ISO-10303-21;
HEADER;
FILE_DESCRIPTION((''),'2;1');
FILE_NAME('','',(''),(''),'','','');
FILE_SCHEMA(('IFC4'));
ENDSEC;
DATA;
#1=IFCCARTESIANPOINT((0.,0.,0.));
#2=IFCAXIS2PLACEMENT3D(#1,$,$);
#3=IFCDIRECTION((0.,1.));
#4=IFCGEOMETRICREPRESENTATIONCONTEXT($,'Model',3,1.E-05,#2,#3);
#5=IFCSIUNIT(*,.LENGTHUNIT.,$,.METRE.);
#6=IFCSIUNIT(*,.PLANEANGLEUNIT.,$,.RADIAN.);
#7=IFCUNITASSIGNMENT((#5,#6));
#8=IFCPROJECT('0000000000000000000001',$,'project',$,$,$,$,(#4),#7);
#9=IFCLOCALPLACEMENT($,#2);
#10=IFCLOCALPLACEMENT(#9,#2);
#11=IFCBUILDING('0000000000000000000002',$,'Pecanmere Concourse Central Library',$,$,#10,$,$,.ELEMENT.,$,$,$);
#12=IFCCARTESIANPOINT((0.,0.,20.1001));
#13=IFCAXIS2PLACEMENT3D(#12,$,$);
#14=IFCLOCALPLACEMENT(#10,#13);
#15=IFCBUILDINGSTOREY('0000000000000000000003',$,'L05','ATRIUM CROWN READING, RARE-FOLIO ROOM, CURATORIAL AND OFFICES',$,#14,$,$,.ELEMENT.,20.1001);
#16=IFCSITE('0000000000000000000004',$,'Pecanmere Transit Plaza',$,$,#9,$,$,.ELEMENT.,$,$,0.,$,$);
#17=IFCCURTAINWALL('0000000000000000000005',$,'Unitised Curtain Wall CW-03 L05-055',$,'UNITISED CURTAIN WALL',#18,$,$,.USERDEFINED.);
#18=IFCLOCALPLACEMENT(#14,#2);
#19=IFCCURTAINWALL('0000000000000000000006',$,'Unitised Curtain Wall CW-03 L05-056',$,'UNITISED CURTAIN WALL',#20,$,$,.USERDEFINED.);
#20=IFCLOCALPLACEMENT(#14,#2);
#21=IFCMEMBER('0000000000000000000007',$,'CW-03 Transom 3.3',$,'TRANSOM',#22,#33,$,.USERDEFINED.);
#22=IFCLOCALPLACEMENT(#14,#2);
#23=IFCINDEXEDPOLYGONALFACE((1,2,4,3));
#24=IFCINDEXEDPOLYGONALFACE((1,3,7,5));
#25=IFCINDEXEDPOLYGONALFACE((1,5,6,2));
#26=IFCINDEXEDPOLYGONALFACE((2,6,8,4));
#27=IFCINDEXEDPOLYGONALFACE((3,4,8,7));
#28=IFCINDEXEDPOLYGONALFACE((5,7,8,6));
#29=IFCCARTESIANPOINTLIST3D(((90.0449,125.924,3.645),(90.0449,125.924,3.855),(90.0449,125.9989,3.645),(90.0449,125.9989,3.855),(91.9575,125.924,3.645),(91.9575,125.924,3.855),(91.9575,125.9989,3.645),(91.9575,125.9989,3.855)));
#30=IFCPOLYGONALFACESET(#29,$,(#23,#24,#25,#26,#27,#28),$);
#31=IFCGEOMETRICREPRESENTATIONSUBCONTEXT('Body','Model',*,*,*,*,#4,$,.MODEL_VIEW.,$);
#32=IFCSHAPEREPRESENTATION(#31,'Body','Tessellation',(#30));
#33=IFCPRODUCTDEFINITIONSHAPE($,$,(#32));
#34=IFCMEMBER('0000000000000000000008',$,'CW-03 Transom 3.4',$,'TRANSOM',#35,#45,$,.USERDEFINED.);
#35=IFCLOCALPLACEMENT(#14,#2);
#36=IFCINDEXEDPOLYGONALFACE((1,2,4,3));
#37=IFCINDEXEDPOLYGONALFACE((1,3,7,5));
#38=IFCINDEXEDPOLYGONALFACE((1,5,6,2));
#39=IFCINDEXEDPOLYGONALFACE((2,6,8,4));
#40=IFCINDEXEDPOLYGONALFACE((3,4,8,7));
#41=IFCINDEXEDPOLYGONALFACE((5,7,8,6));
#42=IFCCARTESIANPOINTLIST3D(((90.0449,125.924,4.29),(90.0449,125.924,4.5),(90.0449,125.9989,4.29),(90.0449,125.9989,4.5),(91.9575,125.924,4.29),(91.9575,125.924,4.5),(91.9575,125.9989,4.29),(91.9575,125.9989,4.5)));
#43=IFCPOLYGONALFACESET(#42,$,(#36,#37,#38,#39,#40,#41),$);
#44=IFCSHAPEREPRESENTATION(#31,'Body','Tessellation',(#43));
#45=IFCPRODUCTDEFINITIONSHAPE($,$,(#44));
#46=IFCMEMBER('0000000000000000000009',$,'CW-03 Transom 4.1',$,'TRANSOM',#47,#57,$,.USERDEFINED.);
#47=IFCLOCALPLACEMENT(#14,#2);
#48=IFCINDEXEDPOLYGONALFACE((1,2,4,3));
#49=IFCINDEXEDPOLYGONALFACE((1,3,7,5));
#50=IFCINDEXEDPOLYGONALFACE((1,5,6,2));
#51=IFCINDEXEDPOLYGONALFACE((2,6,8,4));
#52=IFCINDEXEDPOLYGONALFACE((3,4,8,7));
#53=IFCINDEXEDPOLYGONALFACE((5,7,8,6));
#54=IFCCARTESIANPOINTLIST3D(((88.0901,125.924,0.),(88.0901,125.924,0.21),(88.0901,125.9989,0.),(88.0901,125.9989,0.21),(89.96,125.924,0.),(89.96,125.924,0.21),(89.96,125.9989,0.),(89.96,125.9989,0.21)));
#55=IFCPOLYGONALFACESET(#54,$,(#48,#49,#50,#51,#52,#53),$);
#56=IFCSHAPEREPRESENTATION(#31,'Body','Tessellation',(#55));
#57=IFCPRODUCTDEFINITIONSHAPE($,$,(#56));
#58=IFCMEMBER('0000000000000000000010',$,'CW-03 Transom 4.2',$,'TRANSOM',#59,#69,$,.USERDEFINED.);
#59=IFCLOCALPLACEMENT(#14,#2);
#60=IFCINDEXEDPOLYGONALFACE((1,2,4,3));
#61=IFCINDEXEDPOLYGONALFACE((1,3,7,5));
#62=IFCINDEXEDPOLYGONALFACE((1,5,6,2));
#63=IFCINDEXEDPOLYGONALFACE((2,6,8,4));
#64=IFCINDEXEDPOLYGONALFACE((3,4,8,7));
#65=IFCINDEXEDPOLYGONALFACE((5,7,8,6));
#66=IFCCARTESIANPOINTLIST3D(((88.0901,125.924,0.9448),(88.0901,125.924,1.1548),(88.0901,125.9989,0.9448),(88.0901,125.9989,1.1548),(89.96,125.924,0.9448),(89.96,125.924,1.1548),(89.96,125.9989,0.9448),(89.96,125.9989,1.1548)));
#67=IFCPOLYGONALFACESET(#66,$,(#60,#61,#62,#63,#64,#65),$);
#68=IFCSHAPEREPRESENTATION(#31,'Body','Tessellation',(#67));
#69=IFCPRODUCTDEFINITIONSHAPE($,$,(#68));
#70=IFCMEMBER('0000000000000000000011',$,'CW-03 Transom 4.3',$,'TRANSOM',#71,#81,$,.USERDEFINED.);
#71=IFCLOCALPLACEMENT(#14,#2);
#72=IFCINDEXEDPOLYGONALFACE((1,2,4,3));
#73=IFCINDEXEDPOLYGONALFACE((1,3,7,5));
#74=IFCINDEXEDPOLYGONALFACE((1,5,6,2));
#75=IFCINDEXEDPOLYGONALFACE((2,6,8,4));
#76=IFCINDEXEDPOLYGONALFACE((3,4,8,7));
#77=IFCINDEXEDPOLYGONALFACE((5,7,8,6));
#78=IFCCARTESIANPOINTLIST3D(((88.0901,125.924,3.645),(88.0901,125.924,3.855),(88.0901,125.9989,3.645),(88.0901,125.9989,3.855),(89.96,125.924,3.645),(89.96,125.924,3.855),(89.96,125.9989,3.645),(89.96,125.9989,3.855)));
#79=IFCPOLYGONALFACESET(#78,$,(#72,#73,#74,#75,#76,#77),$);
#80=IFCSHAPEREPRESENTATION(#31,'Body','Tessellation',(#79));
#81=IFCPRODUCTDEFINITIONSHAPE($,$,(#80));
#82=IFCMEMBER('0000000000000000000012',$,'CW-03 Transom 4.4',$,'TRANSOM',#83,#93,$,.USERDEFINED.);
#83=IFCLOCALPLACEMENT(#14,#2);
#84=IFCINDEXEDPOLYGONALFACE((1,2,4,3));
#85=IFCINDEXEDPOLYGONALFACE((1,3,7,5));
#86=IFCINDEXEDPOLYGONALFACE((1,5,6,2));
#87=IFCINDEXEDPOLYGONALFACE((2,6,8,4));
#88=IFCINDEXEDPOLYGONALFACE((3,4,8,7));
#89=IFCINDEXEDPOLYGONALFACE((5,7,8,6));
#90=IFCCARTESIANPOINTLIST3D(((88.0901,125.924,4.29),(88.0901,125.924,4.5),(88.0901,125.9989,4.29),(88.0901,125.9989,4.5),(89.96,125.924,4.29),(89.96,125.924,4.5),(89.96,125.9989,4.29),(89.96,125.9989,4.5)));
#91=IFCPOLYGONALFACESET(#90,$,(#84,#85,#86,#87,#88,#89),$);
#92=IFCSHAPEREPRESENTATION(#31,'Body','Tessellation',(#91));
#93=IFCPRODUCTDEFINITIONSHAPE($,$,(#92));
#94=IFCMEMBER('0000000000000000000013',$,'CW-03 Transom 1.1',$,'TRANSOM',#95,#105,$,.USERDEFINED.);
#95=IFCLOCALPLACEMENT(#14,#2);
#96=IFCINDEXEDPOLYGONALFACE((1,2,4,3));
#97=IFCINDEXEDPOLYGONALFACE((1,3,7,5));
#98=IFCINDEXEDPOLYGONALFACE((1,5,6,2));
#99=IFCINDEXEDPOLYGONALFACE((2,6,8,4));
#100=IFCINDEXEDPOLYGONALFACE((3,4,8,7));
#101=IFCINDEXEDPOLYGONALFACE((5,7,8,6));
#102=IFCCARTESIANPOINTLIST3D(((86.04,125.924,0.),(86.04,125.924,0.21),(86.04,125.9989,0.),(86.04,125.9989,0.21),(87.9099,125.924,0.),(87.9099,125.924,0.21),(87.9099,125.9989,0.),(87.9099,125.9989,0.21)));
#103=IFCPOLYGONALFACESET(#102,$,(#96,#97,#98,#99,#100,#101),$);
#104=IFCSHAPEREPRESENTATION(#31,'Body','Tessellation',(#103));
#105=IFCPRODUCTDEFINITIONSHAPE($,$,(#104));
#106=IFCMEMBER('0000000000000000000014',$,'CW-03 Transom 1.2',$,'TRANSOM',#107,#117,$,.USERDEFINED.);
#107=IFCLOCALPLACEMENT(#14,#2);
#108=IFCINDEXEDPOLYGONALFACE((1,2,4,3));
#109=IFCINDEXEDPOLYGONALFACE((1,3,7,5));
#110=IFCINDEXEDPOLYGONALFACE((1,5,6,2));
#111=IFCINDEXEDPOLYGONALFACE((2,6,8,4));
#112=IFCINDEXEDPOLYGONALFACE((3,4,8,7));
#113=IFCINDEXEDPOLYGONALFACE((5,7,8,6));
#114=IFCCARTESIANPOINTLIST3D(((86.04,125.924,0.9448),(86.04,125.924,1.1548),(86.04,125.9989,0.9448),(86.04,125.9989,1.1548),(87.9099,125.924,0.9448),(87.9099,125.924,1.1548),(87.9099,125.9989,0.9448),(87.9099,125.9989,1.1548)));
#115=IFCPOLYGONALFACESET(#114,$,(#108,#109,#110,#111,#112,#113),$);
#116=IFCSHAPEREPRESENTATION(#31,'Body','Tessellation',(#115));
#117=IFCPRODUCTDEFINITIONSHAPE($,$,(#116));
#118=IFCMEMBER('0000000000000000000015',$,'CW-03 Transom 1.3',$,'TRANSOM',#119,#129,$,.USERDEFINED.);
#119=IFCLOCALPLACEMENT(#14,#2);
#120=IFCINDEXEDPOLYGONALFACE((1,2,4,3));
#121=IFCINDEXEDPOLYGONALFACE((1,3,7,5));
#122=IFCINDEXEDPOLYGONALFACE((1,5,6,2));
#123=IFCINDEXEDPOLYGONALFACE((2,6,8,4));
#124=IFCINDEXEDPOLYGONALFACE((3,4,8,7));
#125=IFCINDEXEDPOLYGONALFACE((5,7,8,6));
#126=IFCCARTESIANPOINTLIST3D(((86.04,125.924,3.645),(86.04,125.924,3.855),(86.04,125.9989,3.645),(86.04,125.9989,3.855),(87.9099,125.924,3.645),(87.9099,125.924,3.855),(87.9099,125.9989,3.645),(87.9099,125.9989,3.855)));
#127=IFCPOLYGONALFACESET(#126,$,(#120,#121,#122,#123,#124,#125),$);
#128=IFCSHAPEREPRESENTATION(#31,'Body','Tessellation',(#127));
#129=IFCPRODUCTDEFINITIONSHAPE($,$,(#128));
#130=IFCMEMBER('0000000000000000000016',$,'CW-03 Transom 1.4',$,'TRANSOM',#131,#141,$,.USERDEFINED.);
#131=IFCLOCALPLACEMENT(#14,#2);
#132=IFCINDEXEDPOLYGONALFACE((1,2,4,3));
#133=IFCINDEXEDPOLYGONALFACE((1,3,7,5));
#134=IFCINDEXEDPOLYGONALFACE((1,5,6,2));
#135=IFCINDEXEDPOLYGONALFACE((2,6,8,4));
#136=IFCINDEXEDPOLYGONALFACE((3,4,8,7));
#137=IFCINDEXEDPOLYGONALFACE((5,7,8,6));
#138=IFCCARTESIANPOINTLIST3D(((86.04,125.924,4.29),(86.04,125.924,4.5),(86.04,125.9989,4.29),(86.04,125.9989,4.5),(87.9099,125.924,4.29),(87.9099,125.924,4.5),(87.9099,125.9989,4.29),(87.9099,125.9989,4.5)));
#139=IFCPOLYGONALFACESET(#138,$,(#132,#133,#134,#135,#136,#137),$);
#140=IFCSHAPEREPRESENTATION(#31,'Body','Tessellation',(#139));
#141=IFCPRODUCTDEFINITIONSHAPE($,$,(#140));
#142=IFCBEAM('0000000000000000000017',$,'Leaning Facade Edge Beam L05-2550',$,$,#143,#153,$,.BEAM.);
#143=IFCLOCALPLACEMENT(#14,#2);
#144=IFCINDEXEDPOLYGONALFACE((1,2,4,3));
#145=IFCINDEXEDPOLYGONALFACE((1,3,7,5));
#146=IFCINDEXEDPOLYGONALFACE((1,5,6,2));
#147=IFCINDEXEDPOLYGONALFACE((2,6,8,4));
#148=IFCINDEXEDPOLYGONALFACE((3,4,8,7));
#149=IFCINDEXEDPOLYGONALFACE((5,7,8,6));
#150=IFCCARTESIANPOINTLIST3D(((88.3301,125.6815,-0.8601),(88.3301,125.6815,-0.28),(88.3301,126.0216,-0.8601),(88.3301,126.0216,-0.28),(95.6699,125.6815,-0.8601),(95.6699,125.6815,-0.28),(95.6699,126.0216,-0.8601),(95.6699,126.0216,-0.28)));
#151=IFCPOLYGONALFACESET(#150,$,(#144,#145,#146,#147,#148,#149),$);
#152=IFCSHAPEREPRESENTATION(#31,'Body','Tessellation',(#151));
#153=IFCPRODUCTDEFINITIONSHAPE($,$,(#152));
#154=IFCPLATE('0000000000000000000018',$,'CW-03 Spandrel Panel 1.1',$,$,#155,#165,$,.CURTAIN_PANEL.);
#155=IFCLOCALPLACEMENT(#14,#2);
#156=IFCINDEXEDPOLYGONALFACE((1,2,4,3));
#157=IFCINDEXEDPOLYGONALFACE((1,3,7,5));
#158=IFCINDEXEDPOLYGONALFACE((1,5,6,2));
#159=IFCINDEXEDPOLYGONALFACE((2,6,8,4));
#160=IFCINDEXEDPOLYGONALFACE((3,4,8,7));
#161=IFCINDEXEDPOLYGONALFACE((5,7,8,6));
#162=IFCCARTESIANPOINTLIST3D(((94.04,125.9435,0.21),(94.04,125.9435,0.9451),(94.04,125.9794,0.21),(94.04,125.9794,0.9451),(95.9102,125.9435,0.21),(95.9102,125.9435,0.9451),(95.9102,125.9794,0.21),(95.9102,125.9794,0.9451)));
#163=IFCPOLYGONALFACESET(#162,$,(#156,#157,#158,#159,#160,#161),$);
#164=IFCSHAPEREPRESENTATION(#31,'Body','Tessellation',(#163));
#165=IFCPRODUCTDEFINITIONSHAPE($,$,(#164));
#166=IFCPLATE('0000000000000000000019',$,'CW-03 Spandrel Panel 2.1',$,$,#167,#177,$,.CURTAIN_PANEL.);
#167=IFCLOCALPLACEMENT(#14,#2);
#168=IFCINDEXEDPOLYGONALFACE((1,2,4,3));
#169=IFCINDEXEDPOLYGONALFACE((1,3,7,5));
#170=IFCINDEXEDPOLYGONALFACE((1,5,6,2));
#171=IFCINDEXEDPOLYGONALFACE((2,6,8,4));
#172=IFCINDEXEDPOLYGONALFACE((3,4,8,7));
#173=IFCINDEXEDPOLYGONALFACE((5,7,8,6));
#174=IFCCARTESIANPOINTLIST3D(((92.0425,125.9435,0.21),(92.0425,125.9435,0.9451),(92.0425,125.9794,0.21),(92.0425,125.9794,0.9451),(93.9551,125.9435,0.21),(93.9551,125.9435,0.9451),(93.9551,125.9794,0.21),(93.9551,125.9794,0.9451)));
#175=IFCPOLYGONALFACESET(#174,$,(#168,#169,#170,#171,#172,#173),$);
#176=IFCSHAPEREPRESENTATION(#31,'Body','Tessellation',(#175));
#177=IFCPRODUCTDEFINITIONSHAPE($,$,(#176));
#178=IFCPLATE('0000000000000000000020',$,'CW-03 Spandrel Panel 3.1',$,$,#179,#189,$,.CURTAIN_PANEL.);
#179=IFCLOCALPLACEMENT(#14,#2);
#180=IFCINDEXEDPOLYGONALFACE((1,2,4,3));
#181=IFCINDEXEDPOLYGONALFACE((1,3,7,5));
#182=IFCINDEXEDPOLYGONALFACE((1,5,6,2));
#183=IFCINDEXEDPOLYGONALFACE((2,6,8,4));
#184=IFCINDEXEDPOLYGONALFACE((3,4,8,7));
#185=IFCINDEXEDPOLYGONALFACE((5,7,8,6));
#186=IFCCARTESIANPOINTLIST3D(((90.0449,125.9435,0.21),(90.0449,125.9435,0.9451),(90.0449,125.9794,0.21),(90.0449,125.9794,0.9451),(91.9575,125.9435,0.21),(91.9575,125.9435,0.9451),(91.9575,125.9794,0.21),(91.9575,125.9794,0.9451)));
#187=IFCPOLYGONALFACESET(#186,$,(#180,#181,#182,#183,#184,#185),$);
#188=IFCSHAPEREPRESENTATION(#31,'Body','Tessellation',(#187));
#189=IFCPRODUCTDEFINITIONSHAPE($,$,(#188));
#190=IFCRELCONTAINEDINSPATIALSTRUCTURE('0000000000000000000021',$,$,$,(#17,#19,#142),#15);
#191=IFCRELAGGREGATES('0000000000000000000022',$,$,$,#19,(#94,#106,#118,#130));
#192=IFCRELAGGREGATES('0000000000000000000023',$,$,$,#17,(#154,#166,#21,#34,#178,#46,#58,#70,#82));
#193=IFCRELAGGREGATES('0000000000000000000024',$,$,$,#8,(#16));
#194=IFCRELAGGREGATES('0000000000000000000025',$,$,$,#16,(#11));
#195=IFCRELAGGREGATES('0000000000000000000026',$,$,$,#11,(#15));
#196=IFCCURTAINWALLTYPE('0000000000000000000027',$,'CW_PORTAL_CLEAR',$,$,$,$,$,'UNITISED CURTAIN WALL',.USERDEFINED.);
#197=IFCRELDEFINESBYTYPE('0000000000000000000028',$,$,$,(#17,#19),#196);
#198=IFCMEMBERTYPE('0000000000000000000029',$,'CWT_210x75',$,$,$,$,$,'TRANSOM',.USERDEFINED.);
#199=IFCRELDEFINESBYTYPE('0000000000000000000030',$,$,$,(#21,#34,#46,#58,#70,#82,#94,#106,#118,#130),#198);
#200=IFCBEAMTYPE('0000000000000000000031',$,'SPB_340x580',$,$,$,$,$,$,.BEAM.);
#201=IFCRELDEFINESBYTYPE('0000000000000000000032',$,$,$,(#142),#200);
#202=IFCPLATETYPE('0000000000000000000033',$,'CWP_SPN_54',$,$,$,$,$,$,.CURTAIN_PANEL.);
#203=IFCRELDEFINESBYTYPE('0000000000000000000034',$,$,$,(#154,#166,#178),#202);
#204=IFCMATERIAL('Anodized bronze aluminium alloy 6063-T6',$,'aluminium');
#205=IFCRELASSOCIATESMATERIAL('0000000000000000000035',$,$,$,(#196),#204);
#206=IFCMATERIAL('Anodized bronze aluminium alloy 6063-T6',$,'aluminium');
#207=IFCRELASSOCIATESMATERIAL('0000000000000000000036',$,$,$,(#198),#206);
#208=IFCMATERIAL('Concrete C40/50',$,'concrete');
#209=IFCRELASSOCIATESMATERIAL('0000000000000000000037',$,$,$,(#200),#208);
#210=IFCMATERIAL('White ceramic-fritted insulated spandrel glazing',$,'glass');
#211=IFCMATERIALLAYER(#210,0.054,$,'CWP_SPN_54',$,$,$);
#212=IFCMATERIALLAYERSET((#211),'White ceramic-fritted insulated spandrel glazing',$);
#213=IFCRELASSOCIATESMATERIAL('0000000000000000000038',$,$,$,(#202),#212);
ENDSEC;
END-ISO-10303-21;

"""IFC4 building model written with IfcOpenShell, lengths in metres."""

from ifc_helpers import new_model, si_unit, direction, frame, origin, origin_2d, place, context, subcontext, project, spatial, rectangle, extrude, material, layer, layer_set, material_profile, profile_set, type_object, element, aggregate, save


model = new_model("IFC4")

# Units and contexts
model_context = context("Model", 3, precision=1e-05, world=origin(), true_north=direction((0.0, 1.0)))
body_context = subcontext(model_context, "Body", "Model", "MODEL_VIEW")
ifc_project = project(units=[si_unit("LENGTHUNIT", "METRE"), si_unit("PLANEANGLEUNIT", "RADIAN")], contexts=[model_context])

# Site, building, storey
site_placement = place(None, origin())
site = spatial("IfcSite", under=ifc_project, at=site_placement, Name="Pecanmere Transit Plaza", CompositionType="ELEMENT", RefElevation=0.0)
building_placement = place(site_placement, origin())
building = spatial("IfcBuilding", under=site, at=building_placement, Name="Pecanmere Concourse Central Library", CompositionType="ELEMENT")
storey_placement = place(building_placement, frame((0.0, 0.0, 20.1001)))
storey = spatial("IfcBuildingStorey", under=building, at=storey_placement, Name="L05", Description="ATRIUM CROWN READING, RARE-FOLIO ROOM, CURATORIAL AND OFFICES", CompositionType="ELEMENT", Elevation=20.1001)

# Curtain wall
ifc_material_1 = material(Name="Anodized bronze aluminium alloy 6063-T6", Category="aluminium")
curtain_wall_type = type_object("IfcCurtainWallType", Name="CW_PORTAL_CLEAR", ElementType="UNITISED CURTAIN WALL", PredefinedType="USERDEFINED", material=ifc_material_1)
curtain_wall_1_placement = place(storey_placement, origin())
curtain_wall_1 = element("IfcCurtainWall", 1, at=curtain_wall_1_placement, inside=storey, type_object=curtain_wall_type, Name="Unitised Curtain Wall CW-03 L05-055", ObjectType="UNITISED CURTAIN WALL", PredefinedType="USERDEFINED")

# Curtain wall
curtain_wall_2_placement = place(storey_placement, origin())
curtain_wall_2 = element("IfcCurtainWall", 2, at=curtain_wall_2_placement, inside=storey, type_object=curtain_wall_type, Name="Unitised Curtain Wall CW-03 L05-056", ObjectType="UNITISED CURTAIN WALL", PredefinedType="USERDEFINED")

# Members
ifc_material_2 = material(Name="Anodized bronze aluminium alloy 6063-T6", Category="aluminium")
ifc_material_profile_1 = material_profile(ifc_material_2, rectangle(XDim=0.075, YDim=0.21, at=origin_2d()), Name="AL 75x210")
ifc_profile_set_1 = profile_set([ifc_material_profile_1], Name="Anodized bronze aluminium alloy 6063-T6")
member_type_1 = type_object("IfcMemberType", Name="CWT_210x75", ElementType="TRANSOM", PredefinedType="USERDEFINED", material=ifc_profile_set_1)
member_1_placement = place(storey_placement, frame((91.9575, 125.9614, 3.75), z_axis=(-1.0, 0.0, 0.0), x_axis=(0.0, -1.0, 0.0)))
member_1 = element("IfcMember", 3, at=member_1_placement, type_object=member_type_1, Name="CW-03 Transom 3.3", ObjectType="TRANSOM", PredefinedType="USERDEFINED", context=body_context, shape_type="SweptSolid", body=[
    extrude(rectangle(XDim=0.075, YDim=0.21, at=origin_2d()), origin(), (0.0, 0.0, 1.0), 1.9126),
])
member_2_placement = place(storey_placement, frame((91.9575, 125.9614, 4.395), z_axis=(-1.0, 0.0, 0.0), x_axis=(0.0, -1.0, 0.0)))
member_2 = element("IfcMember", 4, at=member_2_placement, type_object=member_type_1, Name="CW-03 Transom 3.4", ObjectType="TRANSOM", PredefinedType="USERDEFINED", context=body_context, shape_type="SweptSolid", body=[
    extrude(rectangle(XDim=0.075, YDim=0.21, at=origin_2d()), origin(), (0.0, 0.0, 1.0), 1.9126),
])
member_3_placement = place(storey_placement, frame((89.96, 125.9614, 0.105), z_axis=(-1.0, 0.0, 0.0), x_axis=(0.0, -1.0, 0.0)))
member_3 = element("IfcMember", 5, at=member_3_placement, type_object=member_type_1, Name="CW-03 Transom 4.1", ObjectType="TRANSOM", PredefinedType="USERDEFINED", context=body_context, shape_type="SweptSolid", body=[
    extrude(rectangle(XDim=0.075, YDim=0.21, at=origin_2d()), origin(), (0.0, 0.0, 1.0), 1.8699),
])
member_4_placement = place(storey_placement, frame((89.96, 125.9614, 1.0498), z_axis=(-1.0, 0.0, 0.0), x_axis=(0.0, -1.0, 0.0)))
member_4 = element("IfcMember", 6, at=member_4_placement, type_object=member_type_1, Name="CW-03 Transom 4.2", ObjectType="TRANSOM", PredefinedType="USERDEFINED", context=body_context, shape_type="SweptSolid", body=[
    extrude(rectangle(XDim=0.075, YDim=0.21, at=origin_2d()), origin(), (0.0, 0.0, 1.0), 1.8699),
])
member_5_placement = place(storey_placement, frame((89.96, 125.9614, 3.75), z_axis=(-1.0, 0.0, 0.0), x_axis=(0.0, -1.0, 0.0)))
member_5 = element("IfcMember", 7, at=member_5_placement, type_object=member_type_1, Name="CW-03 Transom 4.3", ObjectType="TRANSOM", PredefinedType="USERDEFINED", context=body_context, shape_type="SweptSolid", body=[
    extrude(rectangle(XDim=0.075, YDim=0.21, at=origin_2d()), origin(), (0.0, 0.0, 1.0), 1.8699),
])
member_6_placement = place(storey_placement, frame((89.96, 125.9614, 4.395), z_axis=(-1.0, 0.0, 0.0), x_axis=(0.0, -1.0, 0.0)))
member_6 = element("IfcMember", 8, at=member_6_placement, type_object=member_type_1, Name="CW-03 Transom 4.4", ObjectType="TRANSOM", PredefinedType="USERDEFINED", context=body_context, shape_type="SweptSolid", body=[
    extrude(rectangle(XDim=0.075, YDim=0.21, at=origin_2d()), origin(), (0.0, 0.0, 1.0), 1.8699),
])
member_7_placement = place(storey_placement, frame((87.9099, 125.9614, 0.105), z_axis=(-1.0, 0.0, 0.0), x_axis=(0.0, -1.0, 0.0)))
member_7 = element("IfcMember", 9, at=member_7_placement, type_object=member_type_1, Name="CW-03 Transom 1.1", ObjectType="TRANSOM", PredefinedType="USERDEFINED", context=body_context, shape_type="SweptSolid", body=[
    extrude(rectangle(XDim=0.075, YDim=0.21, at=origin_2d()), origin(), (0.0, 0.0, 1.0), 1.8699),
])
member_8_placement = place(storey_placement, frame((87.9099, 125.9614, 1.0498), z_axis=(-1.0, 0.0, 0.0), x_axis=(0.0, -1.0, 0.0)))
member_8 = element("IfcMember", 10, at=member_8_placement, type_object=member_type_1, Name="CW-03 Transom 1.2", ObjectType="TRANSOM", PredefinedType="USERDEFINED", context=body_context, shape_type="SweptSolid", body=[
    extrude(rectangle(XDim=0.075, YDim=0.21, at=origin_2d()), origin(), (0.0, 0.0, 1.0), 1.8699),
])
member_9_placement = place(storey_placement, frame((87.9099, 125.9614, 3.75), z_axis=(-1.0, 0.0, 0.0), x_axis=(0.0, -1.0, 0.0)))
member_9 = element("IfcMember", 11, at=member_9_placement, type_object=member_type_1, Name="CW-03 Transom 1.3", ObjectType="TRANSOM", PredefinedType="USERDEFINED", context=body_context, shape_type="SweptSolid", body=[
    extrude(rectangle(XDim=0.075, YDim=0.21, at=origin_2d()), origin(), (0.0, 0.0, 1.0), 1.8699),
])
member_10_placement = place(storey_placement, frame((87.9099, 125.9614, 4.395), z_axis=(-1.0, 0.0, 0.0), x_axis=(0.0, -1.0, 0.0)))
member_10 = element("IfcMember", 12, at=member_10_placement, type_object=member_type_1, Name="CW-03 Transom 1.4", ObjectType="TRANSOM", PredefinedType="USERDEFINED", context=body_context, shape_type="SweptSolid", body=[
    extrude(rectangle(XDim=0.075, YDim=0.21, at=origin_2d()), origin(), (0.0, 0.0, 1.0), 1.8699),
])
aggregate(curtain_wall_2, [member_7, member_8, member_9, member_10])

# Beam
ifc_material_3 = material(Name="Concrete C40/50", Category="concrete")
ifc_material_profile_2 = material_profile(ifc_material_3, rectangle(XDim=0.3401, YDim=0.5801, at=origin_2d()), Name="RC 340x580")
ifc_profile_set_2 = profile_set([ifc_material_profile_2], Name="Concrete C40/50")
beam_type = type_object("IfcBeamType", Name="SPB_340x580", PredefinedType="BEAM", material=ifc_profile_set_2)
beam_placement = place(storey_placement, frame((88.3301, 125.8516, -0.5701), z_axis=(1.0, 0.0, 0.0), x_axis=(0.0, 1.0, 0.0)))
element("IfcBeam", 13, at=beam_placement, inside=storey, type_object=beam_type, Name="Leaning Facade Edge Beam L05-2550", PredefinedType="BEAM", context=body_context, shape_type="SweptSolid", body=[
    extrude(rectangle(XDim=0.3401, YDim=0.5801, at=origin_2d()), origin(), (0.0, 0.0, 1.0), 7.3398),
])

# Plates
ifc_material_4 = material(Name="White ceramic-fritted insulated spandrel glazing", Category="glass")
ifc_layer_1 = layer(ifc_material_4, 0.054, Name="CWP_SPN_54")
ifc_layer_set_1 = layer_set([ifc_layer_1], Name="White ceramic-fritted insulated spandrel glazing")
plate_type_1 = type_object("IfcPlateType", Name="CWP_SPN_54", PredefinedType="CURTAIN_PANEL", material=ifc_layer_set_1)
plate_1_placement = place(storey_placement, frame((94.9751, 125.9614, 0.21), z_axis=(0.0, 0.0, 1.0), x_axis=(-1.0, 0.0, 0.0)))
plate_1 = element("IfcPlate", 14, at=plate_1_placement, type_object=plate_type_1, Name="CW-03 Spandrel Panel 1.1", PredefinedType="CURTAIN_PANEL", context=body_context, shape_type="SweptSolid", body=[
    extrude(rectangle(XDim=1.8701, YDim=0.0359, at=origin_2d()), origin(), (0.0, 0.0, 1.0), 0.7351),
])
plate_2_placement = place(storey_placement, frame((92.9988, 125.9614, 0.21), z_axis=(0.0, 0.0, 1.0), x_axis=(-1.0, 0.0, 0.0)))
plate_2 = element("IfcPlate", 15, at=plate_2_placement, type_object=plate_type_1, Name="CW-03 Spandrel Panel 2.1", PredefinedType="CURTAIN_PANEL", context=body_context, shape_type="SweptSolid", body=[
    extrude(rectangle(XDim=1.9126, YDim=0.0359, at=origin_2d()), origin(), (0.0, 0.0, 1.0), 0.7351),
])
plate_3_placement = place(storey_placement, frame((91.0012, 125.9614, 0.21), z_axis=(0.0, 0.0, 1.0), x_axis=(-1.0, 0.0, 0.0)))
plate_3 = element("IfcPlate", 16, at=plate_3_placement, type_object=plate_type_1, Name="CW-03 Spandrel Panel 3.1", PredefinedType="CURTAIN_PANEL", context=body_context, shape_type="SweptSolid", body=[
    extrude(rectangle(XDim=1.9126, YDim=0.0359, at=origin_2d()), origin(), (0.0, 0.0, 1.0), 0.7351),
])
aggregate(curtain_wall_1, [plate_1, plate_2, member_1, member_2, plate_3, member_3, member_4, member_5, member_6])

save(model, "model.ifc")
